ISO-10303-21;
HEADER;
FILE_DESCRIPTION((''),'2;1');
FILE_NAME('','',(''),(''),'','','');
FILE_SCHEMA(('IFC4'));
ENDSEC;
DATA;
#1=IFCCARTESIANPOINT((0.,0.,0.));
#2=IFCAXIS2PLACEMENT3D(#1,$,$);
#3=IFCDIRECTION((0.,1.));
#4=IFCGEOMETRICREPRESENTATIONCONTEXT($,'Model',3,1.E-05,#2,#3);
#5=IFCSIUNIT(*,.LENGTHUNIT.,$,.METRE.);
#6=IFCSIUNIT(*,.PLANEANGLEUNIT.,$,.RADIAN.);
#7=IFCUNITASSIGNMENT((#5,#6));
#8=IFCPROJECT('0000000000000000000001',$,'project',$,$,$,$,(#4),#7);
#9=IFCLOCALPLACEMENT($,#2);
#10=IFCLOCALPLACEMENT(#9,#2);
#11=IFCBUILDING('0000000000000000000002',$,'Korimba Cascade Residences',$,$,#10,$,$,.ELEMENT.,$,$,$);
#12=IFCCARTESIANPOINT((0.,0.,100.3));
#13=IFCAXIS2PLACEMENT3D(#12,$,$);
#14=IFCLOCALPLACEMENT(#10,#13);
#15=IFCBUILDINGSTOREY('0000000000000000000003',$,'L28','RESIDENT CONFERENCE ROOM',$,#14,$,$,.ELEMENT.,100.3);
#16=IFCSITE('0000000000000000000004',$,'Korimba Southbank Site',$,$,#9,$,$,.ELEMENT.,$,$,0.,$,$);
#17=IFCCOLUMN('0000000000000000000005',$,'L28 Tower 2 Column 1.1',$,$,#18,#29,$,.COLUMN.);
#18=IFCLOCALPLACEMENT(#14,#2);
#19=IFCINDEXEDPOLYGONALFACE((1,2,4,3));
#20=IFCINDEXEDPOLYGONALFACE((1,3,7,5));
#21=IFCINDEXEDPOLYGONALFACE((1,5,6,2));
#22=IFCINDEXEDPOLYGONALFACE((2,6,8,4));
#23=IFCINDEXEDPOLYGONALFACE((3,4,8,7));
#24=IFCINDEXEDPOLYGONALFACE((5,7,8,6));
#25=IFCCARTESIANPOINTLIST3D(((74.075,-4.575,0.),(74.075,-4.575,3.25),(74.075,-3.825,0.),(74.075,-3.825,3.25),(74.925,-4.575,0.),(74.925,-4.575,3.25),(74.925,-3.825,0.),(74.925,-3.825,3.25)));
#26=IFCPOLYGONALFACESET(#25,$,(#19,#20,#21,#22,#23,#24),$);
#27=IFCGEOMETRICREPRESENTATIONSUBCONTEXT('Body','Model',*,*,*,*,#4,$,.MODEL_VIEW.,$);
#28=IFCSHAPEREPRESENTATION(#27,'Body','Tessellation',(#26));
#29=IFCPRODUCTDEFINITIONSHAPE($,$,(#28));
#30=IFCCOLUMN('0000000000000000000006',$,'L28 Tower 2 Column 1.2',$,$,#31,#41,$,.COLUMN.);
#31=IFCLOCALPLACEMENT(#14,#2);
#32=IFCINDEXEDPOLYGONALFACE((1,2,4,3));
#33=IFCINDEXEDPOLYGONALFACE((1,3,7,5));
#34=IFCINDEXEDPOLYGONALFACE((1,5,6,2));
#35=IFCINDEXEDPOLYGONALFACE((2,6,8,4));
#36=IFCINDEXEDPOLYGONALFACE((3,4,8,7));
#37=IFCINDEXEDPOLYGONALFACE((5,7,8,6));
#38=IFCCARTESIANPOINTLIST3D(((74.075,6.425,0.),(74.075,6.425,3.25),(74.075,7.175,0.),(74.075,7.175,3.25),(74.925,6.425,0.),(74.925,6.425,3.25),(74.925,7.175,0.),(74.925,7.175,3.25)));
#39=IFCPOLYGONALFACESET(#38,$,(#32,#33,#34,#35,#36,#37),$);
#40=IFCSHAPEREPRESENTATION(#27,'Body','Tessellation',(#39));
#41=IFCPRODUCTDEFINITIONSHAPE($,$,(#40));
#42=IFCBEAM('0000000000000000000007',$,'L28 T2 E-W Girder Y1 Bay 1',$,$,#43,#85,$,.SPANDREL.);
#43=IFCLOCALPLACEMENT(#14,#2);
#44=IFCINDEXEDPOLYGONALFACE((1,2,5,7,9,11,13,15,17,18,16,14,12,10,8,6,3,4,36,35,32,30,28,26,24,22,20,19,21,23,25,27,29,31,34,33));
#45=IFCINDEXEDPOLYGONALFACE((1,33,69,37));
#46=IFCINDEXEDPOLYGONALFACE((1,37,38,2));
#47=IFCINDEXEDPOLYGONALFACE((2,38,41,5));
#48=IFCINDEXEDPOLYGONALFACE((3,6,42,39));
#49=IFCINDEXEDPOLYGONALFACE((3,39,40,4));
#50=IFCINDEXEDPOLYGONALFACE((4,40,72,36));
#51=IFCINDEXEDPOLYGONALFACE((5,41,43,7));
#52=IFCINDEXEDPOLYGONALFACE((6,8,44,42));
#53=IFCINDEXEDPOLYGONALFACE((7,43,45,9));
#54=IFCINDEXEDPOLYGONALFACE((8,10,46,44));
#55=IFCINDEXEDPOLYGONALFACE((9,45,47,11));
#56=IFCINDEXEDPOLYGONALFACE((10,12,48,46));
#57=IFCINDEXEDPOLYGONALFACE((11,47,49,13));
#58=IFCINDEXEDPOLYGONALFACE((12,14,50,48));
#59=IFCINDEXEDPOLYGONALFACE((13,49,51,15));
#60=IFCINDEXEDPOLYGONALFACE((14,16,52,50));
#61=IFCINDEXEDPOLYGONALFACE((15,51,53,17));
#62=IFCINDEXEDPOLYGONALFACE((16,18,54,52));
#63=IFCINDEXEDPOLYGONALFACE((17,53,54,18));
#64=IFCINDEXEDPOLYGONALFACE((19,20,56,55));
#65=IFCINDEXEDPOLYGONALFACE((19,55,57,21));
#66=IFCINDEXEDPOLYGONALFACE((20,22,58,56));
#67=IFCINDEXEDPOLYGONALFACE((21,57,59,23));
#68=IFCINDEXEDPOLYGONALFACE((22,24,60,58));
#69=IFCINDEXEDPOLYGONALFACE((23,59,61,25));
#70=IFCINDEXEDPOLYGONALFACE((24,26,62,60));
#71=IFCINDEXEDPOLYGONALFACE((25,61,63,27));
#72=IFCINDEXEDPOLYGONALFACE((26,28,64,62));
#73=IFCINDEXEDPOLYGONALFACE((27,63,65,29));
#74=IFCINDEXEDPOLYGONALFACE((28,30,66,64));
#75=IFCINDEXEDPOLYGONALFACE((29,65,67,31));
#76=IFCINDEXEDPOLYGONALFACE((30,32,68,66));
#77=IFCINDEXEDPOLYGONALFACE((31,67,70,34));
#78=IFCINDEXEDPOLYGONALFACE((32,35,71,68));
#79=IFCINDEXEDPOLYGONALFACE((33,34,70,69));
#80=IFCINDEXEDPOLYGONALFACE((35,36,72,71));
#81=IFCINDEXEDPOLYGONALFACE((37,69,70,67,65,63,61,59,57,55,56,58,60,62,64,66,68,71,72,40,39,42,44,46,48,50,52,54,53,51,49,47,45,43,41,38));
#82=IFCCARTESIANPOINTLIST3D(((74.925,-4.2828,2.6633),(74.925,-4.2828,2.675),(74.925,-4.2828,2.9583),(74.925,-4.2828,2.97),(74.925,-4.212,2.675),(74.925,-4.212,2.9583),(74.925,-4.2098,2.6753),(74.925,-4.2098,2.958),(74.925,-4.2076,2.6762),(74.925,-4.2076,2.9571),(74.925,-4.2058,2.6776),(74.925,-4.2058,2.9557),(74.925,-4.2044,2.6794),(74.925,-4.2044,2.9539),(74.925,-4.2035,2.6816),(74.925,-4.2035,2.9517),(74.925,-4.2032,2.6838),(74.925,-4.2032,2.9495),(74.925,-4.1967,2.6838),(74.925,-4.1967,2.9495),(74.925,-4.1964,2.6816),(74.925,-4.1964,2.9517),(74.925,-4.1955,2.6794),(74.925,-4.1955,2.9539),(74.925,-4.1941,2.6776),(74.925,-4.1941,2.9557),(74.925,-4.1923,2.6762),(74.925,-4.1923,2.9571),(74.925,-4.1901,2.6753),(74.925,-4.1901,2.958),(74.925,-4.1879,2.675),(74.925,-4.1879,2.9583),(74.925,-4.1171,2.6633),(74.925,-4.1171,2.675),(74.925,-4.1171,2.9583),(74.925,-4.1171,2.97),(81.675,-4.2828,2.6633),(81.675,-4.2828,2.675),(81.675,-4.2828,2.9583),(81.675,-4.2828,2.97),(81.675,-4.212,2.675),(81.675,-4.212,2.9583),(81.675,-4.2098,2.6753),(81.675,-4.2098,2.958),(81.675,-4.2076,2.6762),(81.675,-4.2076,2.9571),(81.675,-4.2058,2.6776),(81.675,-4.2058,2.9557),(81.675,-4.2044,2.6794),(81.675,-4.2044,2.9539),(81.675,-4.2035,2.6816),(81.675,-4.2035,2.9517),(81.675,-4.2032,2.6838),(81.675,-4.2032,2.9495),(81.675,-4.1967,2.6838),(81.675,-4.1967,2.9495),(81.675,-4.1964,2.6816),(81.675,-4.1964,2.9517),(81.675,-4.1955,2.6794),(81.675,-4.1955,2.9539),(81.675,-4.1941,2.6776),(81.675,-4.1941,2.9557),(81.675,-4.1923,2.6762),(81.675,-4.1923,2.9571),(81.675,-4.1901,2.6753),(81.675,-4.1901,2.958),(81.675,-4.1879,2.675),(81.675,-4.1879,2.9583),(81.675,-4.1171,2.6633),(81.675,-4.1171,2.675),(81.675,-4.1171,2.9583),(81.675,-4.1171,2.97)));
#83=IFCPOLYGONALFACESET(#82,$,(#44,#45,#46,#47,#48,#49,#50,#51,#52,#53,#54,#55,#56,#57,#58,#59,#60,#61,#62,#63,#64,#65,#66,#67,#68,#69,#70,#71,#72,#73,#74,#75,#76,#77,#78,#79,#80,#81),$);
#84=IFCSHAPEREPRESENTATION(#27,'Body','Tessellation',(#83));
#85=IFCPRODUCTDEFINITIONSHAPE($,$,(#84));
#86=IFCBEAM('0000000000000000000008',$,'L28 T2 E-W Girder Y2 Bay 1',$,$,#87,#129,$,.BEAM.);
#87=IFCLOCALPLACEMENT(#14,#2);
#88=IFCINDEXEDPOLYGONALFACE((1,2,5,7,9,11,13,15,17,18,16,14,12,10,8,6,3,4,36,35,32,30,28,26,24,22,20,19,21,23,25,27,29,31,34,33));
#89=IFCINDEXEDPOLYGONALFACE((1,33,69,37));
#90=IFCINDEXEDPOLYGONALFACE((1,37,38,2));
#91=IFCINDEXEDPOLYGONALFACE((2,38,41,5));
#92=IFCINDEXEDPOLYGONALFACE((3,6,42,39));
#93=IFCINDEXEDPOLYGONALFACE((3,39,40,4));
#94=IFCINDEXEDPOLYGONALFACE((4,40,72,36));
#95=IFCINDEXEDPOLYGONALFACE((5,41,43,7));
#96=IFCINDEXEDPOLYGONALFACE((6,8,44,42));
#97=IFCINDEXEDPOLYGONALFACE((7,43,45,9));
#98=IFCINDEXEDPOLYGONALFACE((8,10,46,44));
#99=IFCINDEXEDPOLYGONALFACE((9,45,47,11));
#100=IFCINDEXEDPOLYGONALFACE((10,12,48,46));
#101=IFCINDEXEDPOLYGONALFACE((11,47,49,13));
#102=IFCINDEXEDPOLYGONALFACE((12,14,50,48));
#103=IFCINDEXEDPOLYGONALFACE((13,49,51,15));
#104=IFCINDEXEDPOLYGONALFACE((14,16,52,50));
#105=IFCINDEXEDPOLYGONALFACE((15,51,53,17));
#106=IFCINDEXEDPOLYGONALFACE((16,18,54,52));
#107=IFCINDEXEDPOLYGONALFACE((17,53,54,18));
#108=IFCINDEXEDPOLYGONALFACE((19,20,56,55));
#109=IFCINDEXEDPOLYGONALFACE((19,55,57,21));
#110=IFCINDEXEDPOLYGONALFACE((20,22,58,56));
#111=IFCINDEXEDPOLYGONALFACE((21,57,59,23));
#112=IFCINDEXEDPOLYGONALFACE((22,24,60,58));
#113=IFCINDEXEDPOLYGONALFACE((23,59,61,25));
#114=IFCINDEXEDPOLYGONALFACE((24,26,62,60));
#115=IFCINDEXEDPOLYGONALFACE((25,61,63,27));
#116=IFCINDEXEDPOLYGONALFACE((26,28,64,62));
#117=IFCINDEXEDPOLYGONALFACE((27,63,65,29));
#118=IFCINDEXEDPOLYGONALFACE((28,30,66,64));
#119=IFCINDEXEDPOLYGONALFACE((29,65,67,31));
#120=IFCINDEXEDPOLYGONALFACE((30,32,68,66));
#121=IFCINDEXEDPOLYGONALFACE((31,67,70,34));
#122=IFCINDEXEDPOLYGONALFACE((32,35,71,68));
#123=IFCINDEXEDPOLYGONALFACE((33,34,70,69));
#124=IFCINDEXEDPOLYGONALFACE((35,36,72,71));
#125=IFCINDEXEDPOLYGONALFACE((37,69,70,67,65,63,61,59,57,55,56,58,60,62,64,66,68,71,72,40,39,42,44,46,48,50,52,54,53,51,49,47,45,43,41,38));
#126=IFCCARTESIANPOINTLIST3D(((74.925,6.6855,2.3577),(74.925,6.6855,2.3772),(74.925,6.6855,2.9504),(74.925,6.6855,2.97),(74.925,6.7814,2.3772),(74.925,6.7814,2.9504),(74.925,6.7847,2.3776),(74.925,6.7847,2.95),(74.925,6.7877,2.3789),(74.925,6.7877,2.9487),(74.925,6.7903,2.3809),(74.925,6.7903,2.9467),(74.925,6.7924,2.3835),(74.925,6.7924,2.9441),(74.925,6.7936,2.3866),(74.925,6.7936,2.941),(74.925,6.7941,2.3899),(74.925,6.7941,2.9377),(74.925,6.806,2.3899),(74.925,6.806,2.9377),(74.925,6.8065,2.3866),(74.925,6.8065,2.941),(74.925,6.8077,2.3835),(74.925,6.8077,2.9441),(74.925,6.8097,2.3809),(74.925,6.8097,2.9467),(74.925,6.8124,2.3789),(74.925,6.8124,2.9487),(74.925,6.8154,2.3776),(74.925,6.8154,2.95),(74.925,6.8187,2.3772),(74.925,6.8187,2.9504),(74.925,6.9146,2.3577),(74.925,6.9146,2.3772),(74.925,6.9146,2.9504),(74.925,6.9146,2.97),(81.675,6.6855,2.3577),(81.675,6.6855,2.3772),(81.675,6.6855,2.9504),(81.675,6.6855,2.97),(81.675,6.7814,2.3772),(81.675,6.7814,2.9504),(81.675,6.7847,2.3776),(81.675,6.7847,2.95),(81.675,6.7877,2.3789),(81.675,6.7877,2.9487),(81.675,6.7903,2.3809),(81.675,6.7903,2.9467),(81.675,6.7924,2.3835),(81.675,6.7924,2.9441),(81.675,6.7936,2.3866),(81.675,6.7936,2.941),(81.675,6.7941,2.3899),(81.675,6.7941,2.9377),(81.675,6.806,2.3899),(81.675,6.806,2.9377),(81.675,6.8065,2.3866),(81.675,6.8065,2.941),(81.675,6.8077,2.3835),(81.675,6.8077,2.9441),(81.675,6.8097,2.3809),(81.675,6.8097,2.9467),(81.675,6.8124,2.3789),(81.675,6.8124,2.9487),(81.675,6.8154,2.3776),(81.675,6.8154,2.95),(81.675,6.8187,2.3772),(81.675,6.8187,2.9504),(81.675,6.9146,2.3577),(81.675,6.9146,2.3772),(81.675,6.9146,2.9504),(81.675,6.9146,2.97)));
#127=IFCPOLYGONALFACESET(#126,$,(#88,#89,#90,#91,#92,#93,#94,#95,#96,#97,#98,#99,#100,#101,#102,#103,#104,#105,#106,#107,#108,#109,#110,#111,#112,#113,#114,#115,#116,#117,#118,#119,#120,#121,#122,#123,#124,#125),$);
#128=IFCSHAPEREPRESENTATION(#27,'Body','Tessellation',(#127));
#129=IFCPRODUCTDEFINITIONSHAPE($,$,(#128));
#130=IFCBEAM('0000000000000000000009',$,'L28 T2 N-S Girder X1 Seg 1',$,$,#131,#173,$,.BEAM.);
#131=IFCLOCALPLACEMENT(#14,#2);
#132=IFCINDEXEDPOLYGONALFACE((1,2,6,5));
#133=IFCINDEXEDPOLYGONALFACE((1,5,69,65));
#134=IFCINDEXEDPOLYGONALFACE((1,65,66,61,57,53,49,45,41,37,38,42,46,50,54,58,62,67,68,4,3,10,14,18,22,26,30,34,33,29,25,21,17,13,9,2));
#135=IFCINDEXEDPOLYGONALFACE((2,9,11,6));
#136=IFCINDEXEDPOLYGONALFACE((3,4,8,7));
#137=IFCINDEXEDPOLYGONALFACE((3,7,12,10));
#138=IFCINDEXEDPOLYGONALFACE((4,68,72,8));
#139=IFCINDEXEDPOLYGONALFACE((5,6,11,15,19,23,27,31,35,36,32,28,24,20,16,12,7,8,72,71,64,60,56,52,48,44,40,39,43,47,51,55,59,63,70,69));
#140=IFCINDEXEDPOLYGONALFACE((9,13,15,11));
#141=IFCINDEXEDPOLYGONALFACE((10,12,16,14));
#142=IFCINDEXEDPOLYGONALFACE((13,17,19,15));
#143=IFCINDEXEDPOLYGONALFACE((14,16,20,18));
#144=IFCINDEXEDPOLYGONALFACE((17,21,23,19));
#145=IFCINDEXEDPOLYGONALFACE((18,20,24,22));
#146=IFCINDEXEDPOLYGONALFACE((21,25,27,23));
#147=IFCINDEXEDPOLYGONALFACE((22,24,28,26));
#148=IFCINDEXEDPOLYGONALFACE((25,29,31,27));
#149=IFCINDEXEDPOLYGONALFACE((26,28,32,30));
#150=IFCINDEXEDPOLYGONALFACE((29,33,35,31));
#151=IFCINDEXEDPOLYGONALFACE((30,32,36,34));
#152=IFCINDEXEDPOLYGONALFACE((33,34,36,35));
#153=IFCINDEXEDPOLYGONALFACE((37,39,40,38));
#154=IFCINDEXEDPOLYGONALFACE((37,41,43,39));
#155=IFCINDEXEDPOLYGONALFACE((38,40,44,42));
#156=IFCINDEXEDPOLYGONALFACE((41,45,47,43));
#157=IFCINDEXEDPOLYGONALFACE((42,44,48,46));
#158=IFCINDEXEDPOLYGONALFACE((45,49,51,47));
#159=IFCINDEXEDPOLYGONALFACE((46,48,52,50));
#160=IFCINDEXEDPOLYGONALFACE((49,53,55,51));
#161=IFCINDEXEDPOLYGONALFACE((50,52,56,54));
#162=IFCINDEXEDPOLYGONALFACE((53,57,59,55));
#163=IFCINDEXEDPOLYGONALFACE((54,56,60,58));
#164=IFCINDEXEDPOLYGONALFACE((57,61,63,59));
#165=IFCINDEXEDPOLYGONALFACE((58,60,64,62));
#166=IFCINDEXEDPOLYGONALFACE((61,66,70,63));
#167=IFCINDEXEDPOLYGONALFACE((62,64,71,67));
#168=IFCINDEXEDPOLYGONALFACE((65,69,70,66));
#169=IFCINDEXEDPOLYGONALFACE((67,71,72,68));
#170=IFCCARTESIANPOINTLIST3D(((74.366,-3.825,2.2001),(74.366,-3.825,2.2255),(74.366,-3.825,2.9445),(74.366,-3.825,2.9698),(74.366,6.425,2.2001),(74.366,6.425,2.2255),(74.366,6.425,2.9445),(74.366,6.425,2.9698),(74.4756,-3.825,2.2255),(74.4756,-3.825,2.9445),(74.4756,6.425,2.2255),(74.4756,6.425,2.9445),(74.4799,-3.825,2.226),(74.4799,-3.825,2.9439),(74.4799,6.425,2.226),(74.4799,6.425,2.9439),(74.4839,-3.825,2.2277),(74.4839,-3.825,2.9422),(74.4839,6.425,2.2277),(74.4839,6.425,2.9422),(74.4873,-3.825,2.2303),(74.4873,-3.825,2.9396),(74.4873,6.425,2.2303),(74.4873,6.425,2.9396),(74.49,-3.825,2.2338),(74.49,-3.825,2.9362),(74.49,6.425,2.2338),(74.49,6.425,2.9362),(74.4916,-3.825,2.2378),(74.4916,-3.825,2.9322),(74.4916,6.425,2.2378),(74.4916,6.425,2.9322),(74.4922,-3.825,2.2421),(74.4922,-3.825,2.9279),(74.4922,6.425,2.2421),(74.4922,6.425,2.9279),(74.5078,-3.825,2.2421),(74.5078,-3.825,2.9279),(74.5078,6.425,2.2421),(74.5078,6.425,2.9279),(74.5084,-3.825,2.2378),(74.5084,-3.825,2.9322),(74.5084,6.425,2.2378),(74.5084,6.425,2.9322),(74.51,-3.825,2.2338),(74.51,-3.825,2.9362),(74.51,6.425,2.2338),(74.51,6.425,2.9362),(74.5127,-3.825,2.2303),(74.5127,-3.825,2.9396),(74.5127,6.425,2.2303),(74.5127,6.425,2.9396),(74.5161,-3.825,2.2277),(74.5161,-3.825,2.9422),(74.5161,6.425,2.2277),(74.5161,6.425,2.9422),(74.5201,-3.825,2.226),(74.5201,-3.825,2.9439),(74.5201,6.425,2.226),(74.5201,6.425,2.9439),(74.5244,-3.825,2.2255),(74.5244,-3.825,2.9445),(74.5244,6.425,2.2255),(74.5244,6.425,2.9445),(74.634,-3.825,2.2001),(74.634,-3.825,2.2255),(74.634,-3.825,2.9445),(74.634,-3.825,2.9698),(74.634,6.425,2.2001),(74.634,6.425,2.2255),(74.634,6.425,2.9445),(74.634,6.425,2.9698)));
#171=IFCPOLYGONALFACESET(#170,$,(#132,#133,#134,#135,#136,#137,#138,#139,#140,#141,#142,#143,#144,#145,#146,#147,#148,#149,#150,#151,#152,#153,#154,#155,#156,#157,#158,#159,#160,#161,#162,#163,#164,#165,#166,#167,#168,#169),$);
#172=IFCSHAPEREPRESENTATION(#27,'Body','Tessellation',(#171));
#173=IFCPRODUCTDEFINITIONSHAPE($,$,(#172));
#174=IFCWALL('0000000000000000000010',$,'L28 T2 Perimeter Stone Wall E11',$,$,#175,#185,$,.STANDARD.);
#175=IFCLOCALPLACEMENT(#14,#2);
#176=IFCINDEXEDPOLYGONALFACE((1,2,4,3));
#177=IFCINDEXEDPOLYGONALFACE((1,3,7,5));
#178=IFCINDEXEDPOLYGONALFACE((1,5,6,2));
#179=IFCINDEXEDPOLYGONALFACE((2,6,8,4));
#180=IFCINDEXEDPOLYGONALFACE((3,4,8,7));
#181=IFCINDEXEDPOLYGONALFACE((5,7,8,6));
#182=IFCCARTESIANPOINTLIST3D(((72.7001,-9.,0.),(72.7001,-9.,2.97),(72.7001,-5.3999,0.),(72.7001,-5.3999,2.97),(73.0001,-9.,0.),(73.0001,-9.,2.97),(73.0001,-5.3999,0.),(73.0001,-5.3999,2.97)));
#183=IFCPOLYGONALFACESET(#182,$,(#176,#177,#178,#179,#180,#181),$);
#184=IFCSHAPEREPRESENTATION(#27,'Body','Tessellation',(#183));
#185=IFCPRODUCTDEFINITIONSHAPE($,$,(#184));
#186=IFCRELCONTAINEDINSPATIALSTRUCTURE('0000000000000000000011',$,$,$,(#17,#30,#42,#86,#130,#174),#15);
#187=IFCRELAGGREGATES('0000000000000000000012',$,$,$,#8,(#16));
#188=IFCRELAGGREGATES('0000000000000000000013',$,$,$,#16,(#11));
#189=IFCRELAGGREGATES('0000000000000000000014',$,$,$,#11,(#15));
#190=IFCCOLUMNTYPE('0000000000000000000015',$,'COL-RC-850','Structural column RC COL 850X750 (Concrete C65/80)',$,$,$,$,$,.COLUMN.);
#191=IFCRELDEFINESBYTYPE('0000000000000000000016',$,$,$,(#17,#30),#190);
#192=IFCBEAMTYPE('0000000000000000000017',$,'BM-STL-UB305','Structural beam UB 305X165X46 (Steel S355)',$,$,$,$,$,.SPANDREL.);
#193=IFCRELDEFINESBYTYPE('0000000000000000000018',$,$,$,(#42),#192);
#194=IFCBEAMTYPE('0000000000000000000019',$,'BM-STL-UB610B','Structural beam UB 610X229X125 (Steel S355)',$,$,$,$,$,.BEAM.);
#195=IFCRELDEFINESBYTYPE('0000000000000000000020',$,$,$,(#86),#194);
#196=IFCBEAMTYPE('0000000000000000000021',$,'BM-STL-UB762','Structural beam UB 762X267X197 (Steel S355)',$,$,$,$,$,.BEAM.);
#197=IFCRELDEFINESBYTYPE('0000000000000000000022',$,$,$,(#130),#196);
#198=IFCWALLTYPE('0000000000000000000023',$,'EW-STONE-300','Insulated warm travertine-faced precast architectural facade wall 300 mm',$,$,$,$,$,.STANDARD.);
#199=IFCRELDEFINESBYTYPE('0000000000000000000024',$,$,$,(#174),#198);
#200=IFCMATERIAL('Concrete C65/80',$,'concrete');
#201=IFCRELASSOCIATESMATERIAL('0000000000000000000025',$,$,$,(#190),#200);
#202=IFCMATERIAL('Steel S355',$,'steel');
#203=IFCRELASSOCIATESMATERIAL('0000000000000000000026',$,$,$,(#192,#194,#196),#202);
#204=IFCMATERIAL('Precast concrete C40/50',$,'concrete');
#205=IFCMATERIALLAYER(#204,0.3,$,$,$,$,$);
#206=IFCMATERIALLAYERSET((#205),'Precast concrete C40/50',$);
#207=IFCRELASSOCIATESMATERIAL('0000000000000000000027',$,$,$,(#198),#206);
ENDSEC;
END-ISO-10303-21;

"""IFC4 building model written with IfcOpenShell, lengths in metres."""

from ifc_helpers import new_model, si_unit, direction, frame, frame_2d, origin, origin_2d, place, context, subcontext, project, spatial, rectangle, i_section, extrude, material, layer, layer_set, material_profile, profile_set, type_object, element, save


model = new_model("IFC4")

# Units and contexts
model_context = context("Model", 3, precision=1e-05, world=origin(), true_north=direction((0.0, 1.0)))
body_context = subcontext(model_context, "Body", "Model", "MODEL_VIEW")
ifc_project = project(units=[si_unit("LENGTHUNIT", "METRE"), si_unit("PLANEANGLEUNIT", "RADIAN")], contexts=[model_context])

# Site, building, storey
site_placement = place(None, origin())
site = spatial("IfcSite", under=ifc_project, at=site_placement, Name="Korimba Southbank Site", CompositionType="ELEMENT", RefElevation=0.0)
building_placement = place(site_placement, origin())
building = spatial("IfcBuilding", under=site, at=building_placement, Name="Korimba Cascade Residences", CompositionType="ELEMENT")
storey_placement = place(building_placement, frame((0.0, 0.0, 100.3)))
storey = spatial("IfcBuildingStorey", under=building, at=storey_placement, Name="L28", Description="RESIDENT CONFERENCE ROOM", CompositionType="ELEMENT", Elevation=100.3)

# Columns
ifc_material_1 = material(Name="Concrete C65/80", Category="concrete")
ifc_material_profile_1 = material_profile(ifc_material_1, rectangle(XDim=0.8501, YDim=0.75, at=origin_2d()), Name="Concrete C65/80")
ifc_profile_set_1 = profile_set([ifc_material_profile_1], Name="Concrete C65/80")
column_type = type_object("IfcColumnType", Name="COL-RC-850", Description="Structural column RC COL 850X750 (Concrete C65/80)", PredefinedType="COLUMN", material=ifc_profile_set_1)
for number, where, z_axis, x_axis, name in (
    (1, (74.5, -4.2, 0.0), (0.0, 0.0, 1.0), (1.0, 0.0, 0.0), "L28 Tower 2 Column 1.1"),
    (2, (74.5, 6.8, 0.0), (0.0, 0.0, 1.0), (1.0, 0.0, 0.0), "L28 Tower 2 Column 1.2"),
):
    element("IfcColumn", number, at=place(storey_placement, frame(where, z_axis=z_axis, x_axis=x_axis)), inside=storey, type_object=column_type, Name=name, PredefinedType="COLUMN", context=body_context, shape_type="SweptSolid", body=[
        extrude(rectangle(XDim=0.8501, YDim=0.75, at=origin_2d()), origin(), (0.0, 0.0, 1.0), 3.25),
    ])

# Beams
ifc_material_2 = material(Name="Steel S355", Category="steel")
ifc_material_profile_2 = material_profile(ifc_material_2, i_section(OverallWidth=0.1658, OverallDepth=0.3066, WebThickness=0.0066, FlangeThickness=0.0117, FilletRadius=0.0088, at=origin_2d()), Name="Steel S355")
ifc_profile_set_2 = profile_set([ifc_material_profile_2], Name="Steel S355")
beam_type_1 = type_object("IfcBeamType", Name="BM-STL-UB305", Description="Structural beam UB 305X165X46 (Steel S355)", PredefinedType="SPANDREL", material=ifc_profile_set_2)
beam_1_placement = place(storey_placement, frame((74.925, -4.2, 2.8167), z_axis=(1.0, 0.0, 0.0), x_axis=(0.0, 1.0, 0.0)))
element("IfcBeam", 3, at=beam_1_placement, inside=storey, type_object=beam_type_1, Name="L28 T2 E-W Girder Y1 Bay 1", PredefinedType="SPANDREL", context=body_context, shape_type="SweptSolid", body=[
    extrude(i_section(OverallWidth=0.1658, OverallDepth=0.3066, WebThickness=0.0066, FlangeThickness=0.0117, FilletRadius=0.0088, at=origin_2d()), origin(), (0.0, 0.0, 1.0), 6.75),
])
ifc_material_profile_3 = material_profile(ifc_material_2, i_section(OverallWidth=0.229, OverallDepth=0.6123, WebThickness=0.012, FlangeThickness=0.0195, FilletRadius=0.0127, at=origin_2d()), Name="Steel S355")
ifc_profile_set_3 = profile_set([ifc_material_profile_3], Name="Steel S355")
beam_type_2 = type_object("IfcBeamType", Name="BM-STL-UB610B", Description="Structural beam UB 610X229X125 (Steel S355)", PredefinedType="BEAM", material=ifc_profile_set_3)
beam_2_placement = place(storey_placement, frame((74.925, 6.8, 2.6638), z_axis=(1.0, 0.0, 0.0), x_axis=(0.0, 1.0, 0.0)))
element("IfcBeam", 4, at=beam_2_placement, inside=storey, type_object=beam_type_2, Name="L28 T2 E-W Girder Y2 Bay 1", PredefinedType="BEAM", context=body_context, shape_type="SweptSolid", body=[
    extrude(i_section(OverallWidth=0.229, OverallDepth=0.6123, WebThickness=0.012, FlangeThickness=0.0195, FilletRadius=0.0127, at=origin_2d()), origin(), (0.0, 0.0, 1.0), 6.75),
])
ifc_material_profile_4 = material_profile(ifc_material_2, i_section(OverallWidth=0.2681, OverallDepth=0.7698, WebThickness=0.0156, FlangeThickness=0.0254, FilletRadius=0.0166, at=origin_2d()), Name="Steel S355")
ifc_profile_set_4 = profile_set([ifc_material_profile_4], Name="Steel S355")
beam_type_3 = type_object("IfcBeamType", Name="BM-STL-UB762", Description="Structural beam UB 762X267X197 (Steel S355)", PredefinedType="BEAM", material=ifc_profile_set_4)
beam_3_placement = place(storey_placement, frame((74.5, -3.825, 2.585), z_axis=(0.0, 1.0, 0.0), x_axis=(-1.0, 0.0, 0.0)))
element("IfcBeam", 5, at=beam_3_placement, inside=storey, type_object=beam_type_3, Name="L28 T2 N-S Girder X1 Seg 1", PredefinedType="BEAM", context=body_context, shape_type="SweptSolid", body=[
    extrude(i_section(OverallWidth=0.2681, OverallDepth=0.7698, WebThickness=0.0156, FlangeThickness=0.0254, FilletRadius=0.0166, at=origin_2d()), origin(), (0.0, 0.0, 1.0), 10.25),
])

# Wall
ifc_material_3 = material(Name="Precast concrete C40/50", Category="concrete")
ifc_layer_1 = layer(ifc_material_3, 0.3)
ifc_layer_set_1 = layer_set([ifc_layer_1], Name="Precast concrete C40/50")
wall_type_1 = type_object("IfcWallType", Name="EW-STONE-300", Description="Insulated warm travertine-faced precast architectural facade wall 300 mm", PredefinedType="STANDARD", material=ifc_layer_set_1)
wall_1_placement = place(storey_placement, frame((72.8501, -5.3999, 0.0), z_axis=(0.0, 0.0, 1.0), x_axis=(0.0, -1.0, 0.0)))
element("IfcWall", 6, at=wall_1_placement, inside=storey, type_object=wall_type_1, Name="L28 T2 Perimeter Stone Wall E11", PredefinedType="STANDARD", context=body_context, shape_type="SweptSolid", body=[
    extrude(rectangle(XDim=3.6001, YDim=0.3, at=frame_2d((1.8, 0.0))), origin(), (0.0, 0.0, 1.0), 2.97),
])

save(model, "model.ifc")
